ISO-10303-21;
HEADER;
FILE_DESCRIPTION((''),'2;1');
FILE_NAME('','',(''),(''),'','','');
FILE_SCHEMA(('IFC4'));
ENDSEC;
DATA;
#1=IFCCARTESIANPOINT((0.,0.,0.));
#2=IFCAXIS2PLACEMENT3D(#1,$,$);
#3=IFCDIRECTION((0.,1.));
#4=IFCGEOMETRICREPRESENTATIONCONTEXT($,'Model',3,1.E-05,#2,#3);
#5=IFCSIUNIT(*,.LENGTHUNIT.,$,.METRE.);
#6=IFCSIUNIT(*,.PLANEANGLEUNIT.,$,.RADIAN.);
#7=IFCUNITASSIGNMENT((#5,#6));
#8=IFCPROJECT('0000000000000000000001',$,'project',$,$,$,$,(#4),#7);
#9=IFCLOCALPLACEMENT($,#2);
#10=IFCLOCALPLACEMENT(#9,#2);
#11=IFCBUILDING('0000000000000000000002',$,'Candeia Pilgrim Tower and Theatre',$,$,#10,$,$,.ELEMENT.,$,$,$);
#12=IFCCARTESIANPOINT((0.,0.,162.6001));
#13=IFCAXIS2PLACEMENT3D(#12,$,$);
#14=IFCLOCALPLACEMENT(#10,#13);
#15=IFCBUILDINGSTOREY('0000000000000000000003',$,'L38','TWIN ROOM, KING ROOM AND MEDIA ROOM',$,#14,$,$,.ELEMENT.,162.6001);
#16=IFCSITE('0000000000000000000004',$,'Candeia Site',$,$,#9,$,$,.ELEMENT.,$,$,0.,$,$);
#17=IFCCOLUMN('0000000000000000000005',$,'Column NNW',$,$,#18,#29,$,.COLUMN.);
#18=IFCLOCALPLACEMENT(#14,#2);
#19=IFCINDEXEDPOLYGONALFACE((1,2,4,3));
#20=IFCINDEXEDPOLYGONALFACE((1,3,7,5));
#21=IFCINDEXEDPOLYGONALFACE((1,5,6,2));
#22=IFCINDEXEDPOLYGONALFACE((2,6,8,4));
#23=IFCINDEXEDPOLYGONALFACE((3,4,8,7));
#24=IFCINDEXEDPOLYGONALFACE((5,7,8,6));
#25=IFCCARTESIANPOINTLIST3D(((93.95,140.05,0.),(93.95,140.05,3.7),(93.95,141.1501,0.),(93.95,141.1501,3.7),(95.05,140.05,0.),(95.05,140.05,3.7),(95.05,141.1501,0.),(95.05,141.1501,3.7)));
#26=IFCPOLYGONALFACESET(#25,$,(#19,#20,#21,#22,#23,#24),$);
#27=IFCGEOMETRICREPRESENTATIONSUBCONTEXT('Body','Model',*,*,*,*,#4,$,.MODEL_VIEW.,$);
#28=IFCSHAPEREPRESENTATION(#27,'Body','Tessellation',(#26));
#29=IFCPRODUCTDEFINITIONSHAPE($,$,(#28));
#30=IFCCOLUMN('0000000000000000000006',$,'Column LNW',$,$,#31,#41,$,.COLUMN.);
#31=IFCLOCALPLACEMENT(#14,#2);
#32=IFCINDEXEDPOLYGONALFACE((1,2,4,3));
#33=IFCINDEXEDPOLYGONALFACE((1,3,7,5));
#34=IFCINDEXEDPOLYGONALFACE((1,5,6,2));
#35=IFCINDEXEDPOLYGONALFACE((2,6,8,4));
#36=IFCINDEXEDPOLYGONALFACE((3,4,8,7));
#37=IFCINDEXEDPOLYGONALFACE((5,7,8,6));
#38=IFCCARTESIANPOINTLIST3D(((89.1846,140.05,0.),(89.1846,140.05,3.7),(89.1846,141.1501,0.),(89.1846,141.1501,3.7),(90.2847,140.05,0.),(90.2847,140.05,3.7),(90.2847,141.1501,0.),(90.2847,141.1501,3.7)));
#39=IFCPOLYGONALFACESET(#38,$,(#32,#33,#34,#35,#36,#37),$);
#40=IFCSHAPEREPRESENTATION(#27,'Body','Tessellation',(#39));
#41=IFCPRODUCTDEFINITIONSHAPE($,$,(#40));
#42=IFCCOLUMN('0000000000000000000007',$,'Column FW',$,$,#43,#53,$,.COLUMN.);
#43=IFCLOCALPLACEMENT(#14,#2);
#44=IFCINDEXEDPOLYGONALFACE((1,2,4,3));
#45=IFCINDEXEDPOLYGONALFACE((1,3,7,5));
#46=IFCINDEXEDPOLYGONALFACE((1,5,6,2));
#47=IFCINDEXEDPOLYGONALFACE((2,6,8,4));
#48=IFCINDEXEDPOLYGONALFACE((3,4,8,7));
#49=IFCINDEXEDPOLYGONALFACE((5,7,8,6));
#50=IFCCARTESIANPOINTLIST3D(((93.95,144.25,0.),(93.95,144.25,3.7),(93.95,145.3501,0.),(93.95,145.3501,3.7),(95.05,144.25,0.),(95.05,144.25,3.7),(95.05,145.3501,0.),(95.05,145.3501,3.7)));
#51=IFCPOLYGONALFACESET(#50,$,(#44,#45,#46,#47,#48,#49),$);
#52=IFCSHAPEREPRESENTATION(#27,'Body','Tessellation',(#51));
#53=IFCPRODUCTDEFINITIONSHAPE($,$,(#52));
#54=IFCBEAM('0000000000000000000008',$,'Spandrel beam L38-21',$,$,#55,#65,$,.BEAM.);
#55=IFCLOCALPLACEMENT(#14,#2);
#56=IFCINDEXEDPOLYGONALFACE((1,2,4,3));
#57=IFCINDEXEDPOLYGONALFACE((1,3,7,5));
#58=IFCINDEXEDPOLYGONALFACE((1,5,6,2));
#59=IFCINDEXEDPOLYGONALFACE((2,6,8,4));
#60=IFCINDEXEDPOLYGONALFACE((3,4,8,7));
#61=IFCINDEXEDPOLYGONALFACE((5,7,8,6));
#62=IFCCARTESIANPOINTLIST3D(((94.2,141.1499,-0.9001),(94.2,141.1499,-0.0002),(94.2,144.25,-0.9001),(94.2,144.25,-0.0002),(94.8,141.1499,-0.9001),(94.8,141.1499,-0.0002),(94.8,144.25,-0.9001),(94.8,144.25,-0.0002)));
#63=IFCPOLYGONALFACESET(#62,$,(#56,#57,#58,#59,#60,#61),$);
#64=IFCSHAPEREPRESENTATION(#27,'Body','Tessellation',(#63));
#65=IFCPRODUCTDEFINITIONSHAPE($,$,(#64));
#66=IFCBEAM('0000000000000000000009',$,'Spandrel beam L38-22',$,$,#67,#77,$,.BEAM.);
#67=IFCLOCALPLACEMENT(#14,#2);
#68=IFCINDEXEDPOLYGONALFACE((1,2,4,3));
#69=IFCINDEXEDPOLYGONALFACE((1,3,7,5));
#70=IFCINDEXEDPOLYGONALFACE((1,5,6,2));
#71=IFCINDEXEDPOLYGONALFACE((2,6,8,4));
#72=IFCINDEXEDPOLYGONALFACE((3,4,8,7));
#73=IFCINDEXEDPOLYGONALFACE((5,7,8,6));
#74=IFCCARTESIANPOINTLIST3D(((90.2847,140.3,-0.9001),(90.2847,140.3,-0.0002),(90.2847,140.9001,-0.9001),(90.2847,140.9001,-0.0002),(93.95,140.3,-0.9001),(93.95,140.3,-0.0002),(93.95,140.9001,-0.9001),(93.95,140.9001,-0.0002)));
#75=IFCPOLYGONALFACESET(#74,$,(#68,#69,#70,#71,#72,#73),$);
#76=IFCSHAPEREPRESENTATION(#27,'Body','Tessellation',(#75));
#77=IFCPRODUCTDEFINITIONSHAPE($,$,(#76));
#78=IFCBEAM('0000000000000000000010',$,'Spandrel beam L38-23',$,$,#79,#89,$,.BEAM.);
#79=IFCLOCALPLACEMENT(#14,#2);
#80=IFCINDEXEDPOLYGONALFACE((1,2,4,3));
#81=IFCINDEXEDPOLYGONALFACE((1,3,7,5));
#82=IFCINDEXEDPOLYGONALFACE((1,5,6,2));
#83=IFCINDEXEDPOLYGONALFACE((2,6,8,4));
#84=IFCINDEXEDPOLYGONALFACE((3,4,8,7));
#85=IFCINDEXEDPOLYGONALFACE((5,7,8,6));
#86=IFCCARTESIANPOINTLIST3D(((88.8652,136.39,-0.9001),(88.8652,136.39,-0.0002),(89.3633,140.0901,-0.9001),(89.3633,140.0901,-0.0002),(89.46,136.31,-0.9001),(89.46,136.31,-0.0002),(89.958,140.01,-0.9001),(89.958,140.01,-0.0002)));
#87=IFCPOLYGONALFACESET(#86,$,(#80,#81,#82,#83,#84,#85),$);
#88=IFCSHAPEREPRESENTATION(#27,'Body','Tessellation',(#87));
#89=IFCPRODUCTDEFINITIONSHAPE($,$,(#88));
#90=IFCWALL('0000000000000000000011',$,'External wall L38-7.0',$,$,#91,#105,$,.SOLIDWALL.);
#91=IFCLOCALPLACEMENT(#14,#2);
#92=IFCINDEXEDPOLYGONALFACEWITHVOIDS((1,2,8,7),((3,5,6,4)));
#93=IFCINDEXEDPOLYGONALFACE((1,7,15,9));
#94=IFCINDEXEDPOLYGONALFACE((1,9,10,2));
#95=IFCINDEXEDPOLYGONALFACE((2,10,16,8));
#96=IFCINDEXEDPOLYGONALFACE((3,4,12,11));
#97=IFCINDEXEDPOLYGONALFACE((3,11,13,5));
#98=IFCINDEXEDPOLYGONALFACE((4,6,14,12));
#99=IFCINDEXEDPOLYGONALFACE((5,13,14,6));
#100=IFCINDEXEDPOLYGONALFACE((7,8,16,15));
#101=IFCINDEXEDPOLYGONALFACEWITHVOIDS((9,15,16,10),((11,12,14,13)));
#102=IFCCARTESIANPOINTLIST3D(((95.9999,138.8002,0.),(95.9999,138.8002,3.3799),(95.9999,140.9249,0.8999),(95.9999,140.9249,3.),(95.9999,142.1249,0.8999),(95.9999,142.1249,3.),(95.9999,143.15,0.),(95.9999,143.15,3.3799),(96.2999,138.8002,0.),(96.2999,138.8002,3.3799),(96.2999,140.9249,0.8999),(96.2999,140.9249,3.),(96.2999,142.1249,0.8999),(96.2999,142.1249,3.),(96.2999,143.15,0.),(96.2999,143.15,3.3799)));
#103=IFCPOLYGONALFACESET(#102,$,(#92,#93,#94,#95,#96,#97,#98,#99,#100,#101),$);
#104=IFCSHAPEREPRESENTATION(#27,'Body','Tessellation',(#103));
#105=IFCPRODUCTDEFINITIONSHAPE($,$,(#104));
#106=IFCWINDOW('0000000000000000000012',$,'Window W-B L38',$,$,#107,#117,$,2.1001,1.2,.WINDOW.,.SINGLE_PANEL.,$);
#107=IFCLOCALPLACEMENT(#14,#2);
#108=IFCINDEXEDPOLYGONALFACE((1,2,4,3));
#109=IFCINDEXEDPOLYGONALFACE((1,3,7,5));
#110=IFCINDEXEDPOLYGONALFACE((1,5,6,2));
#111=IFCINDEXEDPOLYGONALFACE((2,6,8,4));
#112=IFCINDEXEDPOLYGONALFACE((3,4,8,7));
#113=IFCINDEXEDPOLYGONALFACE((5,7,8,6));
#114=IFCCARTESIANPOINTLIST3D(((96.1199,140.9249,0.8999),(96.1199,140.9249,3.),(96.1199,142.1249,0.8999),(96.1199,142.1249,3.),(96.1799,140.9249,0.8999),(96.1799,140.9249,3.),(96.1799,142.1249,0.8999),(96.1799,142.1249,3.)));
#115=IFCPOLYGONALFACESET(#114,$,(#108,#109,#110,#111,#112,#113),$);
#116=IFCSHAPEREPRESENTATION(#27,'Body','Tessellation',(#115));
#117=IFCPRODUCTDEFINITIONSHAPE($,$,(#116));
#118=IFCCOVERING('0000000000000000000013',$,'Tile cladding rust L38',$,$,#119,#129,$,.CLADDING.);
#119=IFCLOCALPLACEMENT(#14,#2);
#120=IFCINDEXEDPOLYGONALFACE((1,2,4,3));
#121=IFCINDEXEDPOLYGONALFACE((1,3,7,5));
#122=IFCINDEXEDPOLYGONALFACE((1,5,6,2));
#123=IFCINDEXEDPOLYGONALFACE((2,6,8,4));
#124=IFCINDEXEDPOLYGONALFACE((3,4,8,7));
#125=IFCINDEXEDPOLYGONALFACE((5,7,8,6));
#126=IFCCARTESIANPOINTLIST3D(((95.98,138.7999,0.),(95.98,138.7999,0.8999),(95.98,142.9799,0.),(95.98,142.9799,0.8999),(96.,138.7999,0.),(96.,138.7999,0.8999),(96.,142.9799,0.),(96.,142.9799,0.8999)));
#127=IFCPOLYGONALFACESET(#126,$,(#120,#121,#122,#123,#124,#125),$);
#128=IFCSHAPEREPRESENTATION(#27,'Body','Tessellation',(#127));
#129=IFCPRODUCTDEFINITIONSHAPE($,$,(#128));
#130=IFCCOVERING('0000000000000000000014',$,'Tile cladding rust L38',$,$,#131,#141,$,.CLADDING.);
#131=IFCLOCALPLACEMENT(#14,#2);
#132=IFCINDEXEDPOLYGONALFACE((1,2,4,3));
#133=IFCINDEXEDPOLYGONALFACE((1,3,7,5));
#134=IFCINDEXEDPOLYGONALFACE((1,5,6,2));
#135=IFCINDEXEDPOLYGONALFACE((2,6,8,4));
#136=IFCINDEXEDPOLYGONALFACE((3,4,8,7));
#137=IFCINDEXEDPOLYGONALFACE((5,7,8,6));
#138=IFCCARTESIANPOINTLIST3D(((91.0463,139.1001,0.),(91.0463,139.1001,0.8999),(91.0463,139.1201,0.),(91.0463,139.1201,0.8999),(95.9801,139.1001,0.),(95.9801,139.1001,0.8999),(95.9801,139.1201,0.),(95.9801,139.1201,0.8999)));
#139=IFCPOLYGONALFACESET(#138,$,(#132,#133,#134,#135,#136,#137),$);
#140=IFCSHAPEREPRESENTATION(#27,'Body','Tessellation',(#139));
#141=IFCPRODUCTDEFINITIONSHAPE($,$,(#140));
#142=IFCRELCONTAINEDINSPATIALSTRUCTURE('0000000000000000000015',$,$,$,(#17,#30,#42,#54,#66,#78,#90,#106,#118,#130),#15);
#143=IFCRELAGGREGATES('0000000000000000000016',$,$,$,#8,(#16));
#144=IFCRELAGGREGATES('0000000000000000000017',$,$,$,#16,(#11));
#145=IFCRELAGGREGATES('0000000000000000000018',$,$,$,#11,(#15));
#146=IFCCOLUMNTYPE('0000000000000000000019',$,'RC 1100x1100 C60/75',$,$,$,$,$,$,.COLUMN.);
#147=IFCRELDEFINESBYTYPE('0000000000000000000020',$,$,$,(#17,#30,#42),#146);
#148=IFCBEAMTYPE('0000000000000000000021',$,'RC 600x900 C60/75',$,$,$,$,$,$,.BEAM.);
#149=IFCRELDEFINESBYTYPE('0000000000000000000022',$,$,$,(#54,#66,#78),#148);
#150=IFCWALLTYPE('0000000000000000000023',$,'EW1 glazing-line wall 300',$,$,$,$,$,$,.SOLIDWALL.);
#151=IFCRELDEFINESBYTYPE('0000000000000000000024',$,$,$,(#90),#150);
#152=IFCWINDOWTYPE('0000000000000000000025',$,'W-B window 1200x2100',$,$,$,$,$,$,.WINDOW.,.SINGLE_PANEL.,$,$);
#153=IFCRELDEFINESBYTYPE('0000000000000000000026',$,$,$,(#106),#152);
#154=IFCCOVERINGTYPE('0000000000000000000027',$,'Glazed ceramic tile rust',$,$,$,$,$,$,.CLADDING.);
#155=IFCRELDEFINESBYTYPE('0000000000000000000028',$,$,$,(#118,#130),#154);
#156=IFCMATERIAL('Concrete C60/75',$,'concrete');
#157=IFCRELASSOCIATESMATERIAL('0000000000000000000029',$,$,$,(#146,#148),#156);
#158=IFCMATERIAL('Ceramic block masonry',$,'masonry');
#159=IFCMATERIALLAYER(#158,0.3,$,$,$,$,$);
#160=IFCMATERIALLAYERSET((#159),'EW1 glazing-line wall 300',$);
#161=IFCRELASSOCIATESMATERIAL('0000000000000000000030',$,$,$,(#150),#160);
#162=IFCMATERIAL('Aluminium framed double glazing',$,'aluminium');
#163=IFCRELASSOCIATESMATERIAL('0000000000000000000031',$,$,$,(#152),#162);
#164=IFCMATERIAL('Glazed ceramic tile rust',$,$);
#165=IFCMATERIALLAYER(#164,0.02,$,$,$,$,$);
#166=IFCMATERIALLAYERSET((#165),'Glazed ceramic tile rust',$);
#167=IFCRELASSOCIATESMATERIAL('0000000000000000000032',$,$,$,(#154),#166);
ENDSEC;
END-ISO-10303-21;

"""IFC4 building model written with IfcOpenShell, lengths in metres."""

from ifc_helpers import new_model, si_unit, direction, frame, frame_2d, origin, origin_2d, place, context, subcontext, project, spatial, rectangle, extrude, material, layer, layer_set, material_profile, profile_set, type_object, element, fill, save


model = new_model("IFC4")

# Units and contexts
model_context = context("Model", 3, precision=1e-05, world=origin(), true_north=direction((0.0, 1.0)))
body_context = subcontext(model_context, "Body", "Model", "MODEL_VIEW")
ifc_project = project(units=[si_unit("LENGTHUNIT", "METRE"), si_unit("PLANEANGLEUNIT", "RADIAN")], contexts=[model_context])

# Site, building, storey
site_placement = place(None, origin())
site = spatial("IfcSite", under=ifc_project, at=site_placement, Name="Candeia Site", CompositionType="ELEMENT", RefElevation=0.0)
building_placement = place(site_placement, origin())
building = spatial("IfcBuilding", under=site, at=building_placement, Name="Candeia Pilgrim Tower and Theatre", CompositionType="ELEMENT")
storey_placement = place(building_placement, frame((0.0, 0.0, 162.6001)))
storey = spatial("IfcBuildingStorey", under=building, at=storey_placement, Name="L38", Description="TWIN ROOM, KING ROOM AND MEDIA ROOM", CompositionType="ELEMENT", Elevation=162.6001)

# Columns
ifc_material_1 = material(Name="Concrete C60/75", Category="concrete")
ifc_material_profile_1 = material_profile(ifc_material_1, rectangle(XDim=1.1001, YDim=1.1001, at=origin_2d()))
ifc_profile_set_1 = profile_set([ifc_material_profile_1], Name="Concrete C60/75")
column_type = type_object("IfcColumnType", Name="RC 1100x1100 C60/75", PredefinedType="COLUMN", material=ifc_profile_set_1)
for number, where, z_axis, x_axis, name in (
    (1, (94.5, 140.6001, 0.0), (0.0, 0.0, 1.0), (1.0, 0.0, 0.0), "Column NNW"),
    (2, (89.7346, 140.6001, 0.0), (0.0, 0.0, 1.0), (1.0, 0.0, 0.0), "Column LNW"),
    (3, (94.5, 144.8, 0.0), (0.0, 0.0, 1.0), (1.0, 0.0, 0.0), "Column FW"),
):
    element("IfcColumn", number, at=place(storey_placement, frame(where, z_axis=z_axis, x_axis=x_axis)), inside=storey, type_object=column_type, Name=name, PredefinedType="COLUMN", context=body_context, shape_type="SweptSolid", body=[
        extrude(rectangle(XDim=1.1001, YDim=1.1001, at=origin_2d()), origin(), (0.0, 0.0, 1.0), 3.7),
    ])

# Beams
ifc_material_profile_2 = material_profile(ifc_material_1, rectangle(XDim=0.6001, YDim=0.8999, at=origin_2d()))
ifc_profile_set_2 = profile_set([ifc_material_profile_2], Name="Concrete C60/75")
beam_type = type_object("IfcBeamType", Name="RC 600x900 C60/75", PredefinedType="BEAM", material=ifc_profile_set_2)
beam_1_placement = place(storey_placement, frame((94.5, 144.25, -0.4502), z_axis=(0.0, -1.0, 0.0), x_axis=(1.0, 0.0, 0.0)))
element("IfcBeam", 4, at=beam_1_placement, inside=storey, type_object=beam_type, Name="Spandrel beam L38-21", PredefinedType="BEAM", context=body_context, shape_type="SweptSolid", body=[
    extrude(rectangle(XDim=0.6001, YDim=0.8999, at=origin_2d()), origin(), (0.0, 0.0, 1.0), 3.1001),
])
beam_2_placement = place(storey_placement, frame((93.95, 140.6001, -0.4502), z_axis=(-1.0, 0.0, 0.0), x_axis=(0.0, -1.0, 0.0)))
element("IfcBeam", 5, at=beam_2_placement, inside=storey, type_object=beam_type, Name="Spandrel beam L38-22", PredefinedType="BEAM", context=body_context, shape_type="SweptSolid", body=[
    extrude(rectangle(XDim=0.6001, YDim=0.8999, at=origin_2d()), origin(), (0.0, 0.0, 1.0), 3.6653),
])
beam_3_placement = place(storey_placement, frame((89.6606, 140.05, -0.4502), z_axis=(-0.133406, -0.991061, 0.0), x_axis=(0.991061, -0.133406, 0.0)))
element("IfcBeam", 6, at=beam_3_placement, inside=storey, type_object=beam_type, Name="Spandrel beam L38-23", PredefinedType="BEAM", context=body_context, shape_type="SweptSolid", body=[
    extrude(rectangle(XDim=0.6001, YDim=0.8999, at=origin_2d()), origin(), (0.0, 0.0, 1.0), 3.7334),
])

# Wall, opening, window
ifc_material_2 = material(Name="Ceramic block masonry", Category="masonry")
ifc_layer_1 = layer(ifc_material_2, 0.3)
ifc_layer_set_1 = layer_set([ifc_layer_1], Name="EW1 glazing-line wall 300")
wall_type = type_object("IfcWallType", Name="EW1 glazing-line wall 300", PredefinedType="SOLIDWALL", material=ifc_layer_set_1)
wall_placement = place(storey_placement, frame((96.1499, 143.1499, 0.0), z_axis=(0.0, 0.0, 1.0), x_axis=(0.0, -1.0, 0.0)))
wall = element("IfcWall", 7, at=wall_placement, inside=storey, type_object=wall_type, Name="External wall L38-7.0", PredefinedType="SOLIDWALL", context=body_context, shape_type="SweptSolid", body=[
    extrude(rectangle(XDim=4.3499, YDim=0.3, at=frame_2d((2.1748, 0.0))), origin(), (0.0, 0.0, 1.0), 3.3799),
])
opening_placement = place(wall_placement, frame((1.0249, 0.0, 0.8999)))
opening = element("IfcOpeningElement", 8, at=opening_placement, cuts=wall, PredefinedType="OPENING", context=body_context, shape_type="SweptSolid", body=[
    extrude(rectangle(XDim=1.2, YDim=2.1001, at=frame_2d((0.6001, 1.05))), frame((0.0, 0.1602, 0.0), z_axis=(0.0, -1.0, 0.0), x_axis=(1.0, 0.0, 0.0)), (0.0, 0.0, 1.0), 0.3201),
])
ifc_material_3 = material(Name="Aluminium framed double glazing", Category="aluminium")
window_type = type_object("IfcWindowType", Name="W-B window 1200x2100", PartitioningType="SINGLE_PANEL", PredefinedType="WINDOW", material=ifc_material_3)
window_placement = place(opening_placement, origin())
window = element("IfcWindow", 9, at=window_placement, inside=storey, type_object=window_type, Name="Window W-B L38", OverallHeight=2.1001, OverallWidth=1.2, PartitioningType="SINGLE_PANEL", PredefinedType="WINDOW", context=body_context, shape_type="SweptSolid", body=[
    extrude(rectangle(XDim=1.2, YDim=2.1001, at=frame_2d((0.6001, 1.05))), frame((0.0, 0.03, 0.0), z_axis=(0.0, -1.0, 0.0), x_axis=(1.0, 0.0, 0.0)), (0.0, 0.0, 1.0), 0.0601),
])
fill(opening, window)

# Coverings
ifc_material_4 = material(Name="Glazed ceramic tile rust")
ifc_layer_2 = layer(ifc_material_4, 0.02)
ifc_layer_set_2 = layer_set([ifc_layer_2], Name="Glazed ceramic tile rust")
covering_type = type_object("IfcCoveringType", Name="Glazed ceramic tile rust", PredefinedType="CLADDING", material=ifc_layer_set_2)
covering_1_placement = place(storey_placement, frame((95.99, 140.8899, 0.0), z_axis=(0.0, 0.0, 1.0), x_axis=(0.0, -1.0, 0.0)))
element("IfcCovering", 10, at=covering_1_placement, inside=storey, type_object=covering_type, Name="Tile cladding rust L38", PredefinedType="CLADDING", context=body_context, shape_type="SweptSolid", body=[
    extrude(rectangle(XDim=4.1799, YDim=0.02, at=origin_2d()), origin(), (0.0, 0.0, 1.0), 0.8999),
])
covering_2_placement = place(storey_placement, frame((93.5132, 139.1101, 0.0), z_axis=(0.0, 0.0, 1.0), x_axis=(-1.0, 0.0, 0.0)))
element("IfcCovering", 11, at=covering_2_placement, inside=storey, type_object=covering_type, Name="Tile cladding rust L38", PredefinedType="CLADDING", context=body_context, shape_type="SweptSolid", body=[
    extrude(rectangle(XDim=4.9338, YDim=0.02, at=origin_2d()), origin(), (0.0, 0.0, 1.0), 0.8999),
])

save(model, "model.ifc")
